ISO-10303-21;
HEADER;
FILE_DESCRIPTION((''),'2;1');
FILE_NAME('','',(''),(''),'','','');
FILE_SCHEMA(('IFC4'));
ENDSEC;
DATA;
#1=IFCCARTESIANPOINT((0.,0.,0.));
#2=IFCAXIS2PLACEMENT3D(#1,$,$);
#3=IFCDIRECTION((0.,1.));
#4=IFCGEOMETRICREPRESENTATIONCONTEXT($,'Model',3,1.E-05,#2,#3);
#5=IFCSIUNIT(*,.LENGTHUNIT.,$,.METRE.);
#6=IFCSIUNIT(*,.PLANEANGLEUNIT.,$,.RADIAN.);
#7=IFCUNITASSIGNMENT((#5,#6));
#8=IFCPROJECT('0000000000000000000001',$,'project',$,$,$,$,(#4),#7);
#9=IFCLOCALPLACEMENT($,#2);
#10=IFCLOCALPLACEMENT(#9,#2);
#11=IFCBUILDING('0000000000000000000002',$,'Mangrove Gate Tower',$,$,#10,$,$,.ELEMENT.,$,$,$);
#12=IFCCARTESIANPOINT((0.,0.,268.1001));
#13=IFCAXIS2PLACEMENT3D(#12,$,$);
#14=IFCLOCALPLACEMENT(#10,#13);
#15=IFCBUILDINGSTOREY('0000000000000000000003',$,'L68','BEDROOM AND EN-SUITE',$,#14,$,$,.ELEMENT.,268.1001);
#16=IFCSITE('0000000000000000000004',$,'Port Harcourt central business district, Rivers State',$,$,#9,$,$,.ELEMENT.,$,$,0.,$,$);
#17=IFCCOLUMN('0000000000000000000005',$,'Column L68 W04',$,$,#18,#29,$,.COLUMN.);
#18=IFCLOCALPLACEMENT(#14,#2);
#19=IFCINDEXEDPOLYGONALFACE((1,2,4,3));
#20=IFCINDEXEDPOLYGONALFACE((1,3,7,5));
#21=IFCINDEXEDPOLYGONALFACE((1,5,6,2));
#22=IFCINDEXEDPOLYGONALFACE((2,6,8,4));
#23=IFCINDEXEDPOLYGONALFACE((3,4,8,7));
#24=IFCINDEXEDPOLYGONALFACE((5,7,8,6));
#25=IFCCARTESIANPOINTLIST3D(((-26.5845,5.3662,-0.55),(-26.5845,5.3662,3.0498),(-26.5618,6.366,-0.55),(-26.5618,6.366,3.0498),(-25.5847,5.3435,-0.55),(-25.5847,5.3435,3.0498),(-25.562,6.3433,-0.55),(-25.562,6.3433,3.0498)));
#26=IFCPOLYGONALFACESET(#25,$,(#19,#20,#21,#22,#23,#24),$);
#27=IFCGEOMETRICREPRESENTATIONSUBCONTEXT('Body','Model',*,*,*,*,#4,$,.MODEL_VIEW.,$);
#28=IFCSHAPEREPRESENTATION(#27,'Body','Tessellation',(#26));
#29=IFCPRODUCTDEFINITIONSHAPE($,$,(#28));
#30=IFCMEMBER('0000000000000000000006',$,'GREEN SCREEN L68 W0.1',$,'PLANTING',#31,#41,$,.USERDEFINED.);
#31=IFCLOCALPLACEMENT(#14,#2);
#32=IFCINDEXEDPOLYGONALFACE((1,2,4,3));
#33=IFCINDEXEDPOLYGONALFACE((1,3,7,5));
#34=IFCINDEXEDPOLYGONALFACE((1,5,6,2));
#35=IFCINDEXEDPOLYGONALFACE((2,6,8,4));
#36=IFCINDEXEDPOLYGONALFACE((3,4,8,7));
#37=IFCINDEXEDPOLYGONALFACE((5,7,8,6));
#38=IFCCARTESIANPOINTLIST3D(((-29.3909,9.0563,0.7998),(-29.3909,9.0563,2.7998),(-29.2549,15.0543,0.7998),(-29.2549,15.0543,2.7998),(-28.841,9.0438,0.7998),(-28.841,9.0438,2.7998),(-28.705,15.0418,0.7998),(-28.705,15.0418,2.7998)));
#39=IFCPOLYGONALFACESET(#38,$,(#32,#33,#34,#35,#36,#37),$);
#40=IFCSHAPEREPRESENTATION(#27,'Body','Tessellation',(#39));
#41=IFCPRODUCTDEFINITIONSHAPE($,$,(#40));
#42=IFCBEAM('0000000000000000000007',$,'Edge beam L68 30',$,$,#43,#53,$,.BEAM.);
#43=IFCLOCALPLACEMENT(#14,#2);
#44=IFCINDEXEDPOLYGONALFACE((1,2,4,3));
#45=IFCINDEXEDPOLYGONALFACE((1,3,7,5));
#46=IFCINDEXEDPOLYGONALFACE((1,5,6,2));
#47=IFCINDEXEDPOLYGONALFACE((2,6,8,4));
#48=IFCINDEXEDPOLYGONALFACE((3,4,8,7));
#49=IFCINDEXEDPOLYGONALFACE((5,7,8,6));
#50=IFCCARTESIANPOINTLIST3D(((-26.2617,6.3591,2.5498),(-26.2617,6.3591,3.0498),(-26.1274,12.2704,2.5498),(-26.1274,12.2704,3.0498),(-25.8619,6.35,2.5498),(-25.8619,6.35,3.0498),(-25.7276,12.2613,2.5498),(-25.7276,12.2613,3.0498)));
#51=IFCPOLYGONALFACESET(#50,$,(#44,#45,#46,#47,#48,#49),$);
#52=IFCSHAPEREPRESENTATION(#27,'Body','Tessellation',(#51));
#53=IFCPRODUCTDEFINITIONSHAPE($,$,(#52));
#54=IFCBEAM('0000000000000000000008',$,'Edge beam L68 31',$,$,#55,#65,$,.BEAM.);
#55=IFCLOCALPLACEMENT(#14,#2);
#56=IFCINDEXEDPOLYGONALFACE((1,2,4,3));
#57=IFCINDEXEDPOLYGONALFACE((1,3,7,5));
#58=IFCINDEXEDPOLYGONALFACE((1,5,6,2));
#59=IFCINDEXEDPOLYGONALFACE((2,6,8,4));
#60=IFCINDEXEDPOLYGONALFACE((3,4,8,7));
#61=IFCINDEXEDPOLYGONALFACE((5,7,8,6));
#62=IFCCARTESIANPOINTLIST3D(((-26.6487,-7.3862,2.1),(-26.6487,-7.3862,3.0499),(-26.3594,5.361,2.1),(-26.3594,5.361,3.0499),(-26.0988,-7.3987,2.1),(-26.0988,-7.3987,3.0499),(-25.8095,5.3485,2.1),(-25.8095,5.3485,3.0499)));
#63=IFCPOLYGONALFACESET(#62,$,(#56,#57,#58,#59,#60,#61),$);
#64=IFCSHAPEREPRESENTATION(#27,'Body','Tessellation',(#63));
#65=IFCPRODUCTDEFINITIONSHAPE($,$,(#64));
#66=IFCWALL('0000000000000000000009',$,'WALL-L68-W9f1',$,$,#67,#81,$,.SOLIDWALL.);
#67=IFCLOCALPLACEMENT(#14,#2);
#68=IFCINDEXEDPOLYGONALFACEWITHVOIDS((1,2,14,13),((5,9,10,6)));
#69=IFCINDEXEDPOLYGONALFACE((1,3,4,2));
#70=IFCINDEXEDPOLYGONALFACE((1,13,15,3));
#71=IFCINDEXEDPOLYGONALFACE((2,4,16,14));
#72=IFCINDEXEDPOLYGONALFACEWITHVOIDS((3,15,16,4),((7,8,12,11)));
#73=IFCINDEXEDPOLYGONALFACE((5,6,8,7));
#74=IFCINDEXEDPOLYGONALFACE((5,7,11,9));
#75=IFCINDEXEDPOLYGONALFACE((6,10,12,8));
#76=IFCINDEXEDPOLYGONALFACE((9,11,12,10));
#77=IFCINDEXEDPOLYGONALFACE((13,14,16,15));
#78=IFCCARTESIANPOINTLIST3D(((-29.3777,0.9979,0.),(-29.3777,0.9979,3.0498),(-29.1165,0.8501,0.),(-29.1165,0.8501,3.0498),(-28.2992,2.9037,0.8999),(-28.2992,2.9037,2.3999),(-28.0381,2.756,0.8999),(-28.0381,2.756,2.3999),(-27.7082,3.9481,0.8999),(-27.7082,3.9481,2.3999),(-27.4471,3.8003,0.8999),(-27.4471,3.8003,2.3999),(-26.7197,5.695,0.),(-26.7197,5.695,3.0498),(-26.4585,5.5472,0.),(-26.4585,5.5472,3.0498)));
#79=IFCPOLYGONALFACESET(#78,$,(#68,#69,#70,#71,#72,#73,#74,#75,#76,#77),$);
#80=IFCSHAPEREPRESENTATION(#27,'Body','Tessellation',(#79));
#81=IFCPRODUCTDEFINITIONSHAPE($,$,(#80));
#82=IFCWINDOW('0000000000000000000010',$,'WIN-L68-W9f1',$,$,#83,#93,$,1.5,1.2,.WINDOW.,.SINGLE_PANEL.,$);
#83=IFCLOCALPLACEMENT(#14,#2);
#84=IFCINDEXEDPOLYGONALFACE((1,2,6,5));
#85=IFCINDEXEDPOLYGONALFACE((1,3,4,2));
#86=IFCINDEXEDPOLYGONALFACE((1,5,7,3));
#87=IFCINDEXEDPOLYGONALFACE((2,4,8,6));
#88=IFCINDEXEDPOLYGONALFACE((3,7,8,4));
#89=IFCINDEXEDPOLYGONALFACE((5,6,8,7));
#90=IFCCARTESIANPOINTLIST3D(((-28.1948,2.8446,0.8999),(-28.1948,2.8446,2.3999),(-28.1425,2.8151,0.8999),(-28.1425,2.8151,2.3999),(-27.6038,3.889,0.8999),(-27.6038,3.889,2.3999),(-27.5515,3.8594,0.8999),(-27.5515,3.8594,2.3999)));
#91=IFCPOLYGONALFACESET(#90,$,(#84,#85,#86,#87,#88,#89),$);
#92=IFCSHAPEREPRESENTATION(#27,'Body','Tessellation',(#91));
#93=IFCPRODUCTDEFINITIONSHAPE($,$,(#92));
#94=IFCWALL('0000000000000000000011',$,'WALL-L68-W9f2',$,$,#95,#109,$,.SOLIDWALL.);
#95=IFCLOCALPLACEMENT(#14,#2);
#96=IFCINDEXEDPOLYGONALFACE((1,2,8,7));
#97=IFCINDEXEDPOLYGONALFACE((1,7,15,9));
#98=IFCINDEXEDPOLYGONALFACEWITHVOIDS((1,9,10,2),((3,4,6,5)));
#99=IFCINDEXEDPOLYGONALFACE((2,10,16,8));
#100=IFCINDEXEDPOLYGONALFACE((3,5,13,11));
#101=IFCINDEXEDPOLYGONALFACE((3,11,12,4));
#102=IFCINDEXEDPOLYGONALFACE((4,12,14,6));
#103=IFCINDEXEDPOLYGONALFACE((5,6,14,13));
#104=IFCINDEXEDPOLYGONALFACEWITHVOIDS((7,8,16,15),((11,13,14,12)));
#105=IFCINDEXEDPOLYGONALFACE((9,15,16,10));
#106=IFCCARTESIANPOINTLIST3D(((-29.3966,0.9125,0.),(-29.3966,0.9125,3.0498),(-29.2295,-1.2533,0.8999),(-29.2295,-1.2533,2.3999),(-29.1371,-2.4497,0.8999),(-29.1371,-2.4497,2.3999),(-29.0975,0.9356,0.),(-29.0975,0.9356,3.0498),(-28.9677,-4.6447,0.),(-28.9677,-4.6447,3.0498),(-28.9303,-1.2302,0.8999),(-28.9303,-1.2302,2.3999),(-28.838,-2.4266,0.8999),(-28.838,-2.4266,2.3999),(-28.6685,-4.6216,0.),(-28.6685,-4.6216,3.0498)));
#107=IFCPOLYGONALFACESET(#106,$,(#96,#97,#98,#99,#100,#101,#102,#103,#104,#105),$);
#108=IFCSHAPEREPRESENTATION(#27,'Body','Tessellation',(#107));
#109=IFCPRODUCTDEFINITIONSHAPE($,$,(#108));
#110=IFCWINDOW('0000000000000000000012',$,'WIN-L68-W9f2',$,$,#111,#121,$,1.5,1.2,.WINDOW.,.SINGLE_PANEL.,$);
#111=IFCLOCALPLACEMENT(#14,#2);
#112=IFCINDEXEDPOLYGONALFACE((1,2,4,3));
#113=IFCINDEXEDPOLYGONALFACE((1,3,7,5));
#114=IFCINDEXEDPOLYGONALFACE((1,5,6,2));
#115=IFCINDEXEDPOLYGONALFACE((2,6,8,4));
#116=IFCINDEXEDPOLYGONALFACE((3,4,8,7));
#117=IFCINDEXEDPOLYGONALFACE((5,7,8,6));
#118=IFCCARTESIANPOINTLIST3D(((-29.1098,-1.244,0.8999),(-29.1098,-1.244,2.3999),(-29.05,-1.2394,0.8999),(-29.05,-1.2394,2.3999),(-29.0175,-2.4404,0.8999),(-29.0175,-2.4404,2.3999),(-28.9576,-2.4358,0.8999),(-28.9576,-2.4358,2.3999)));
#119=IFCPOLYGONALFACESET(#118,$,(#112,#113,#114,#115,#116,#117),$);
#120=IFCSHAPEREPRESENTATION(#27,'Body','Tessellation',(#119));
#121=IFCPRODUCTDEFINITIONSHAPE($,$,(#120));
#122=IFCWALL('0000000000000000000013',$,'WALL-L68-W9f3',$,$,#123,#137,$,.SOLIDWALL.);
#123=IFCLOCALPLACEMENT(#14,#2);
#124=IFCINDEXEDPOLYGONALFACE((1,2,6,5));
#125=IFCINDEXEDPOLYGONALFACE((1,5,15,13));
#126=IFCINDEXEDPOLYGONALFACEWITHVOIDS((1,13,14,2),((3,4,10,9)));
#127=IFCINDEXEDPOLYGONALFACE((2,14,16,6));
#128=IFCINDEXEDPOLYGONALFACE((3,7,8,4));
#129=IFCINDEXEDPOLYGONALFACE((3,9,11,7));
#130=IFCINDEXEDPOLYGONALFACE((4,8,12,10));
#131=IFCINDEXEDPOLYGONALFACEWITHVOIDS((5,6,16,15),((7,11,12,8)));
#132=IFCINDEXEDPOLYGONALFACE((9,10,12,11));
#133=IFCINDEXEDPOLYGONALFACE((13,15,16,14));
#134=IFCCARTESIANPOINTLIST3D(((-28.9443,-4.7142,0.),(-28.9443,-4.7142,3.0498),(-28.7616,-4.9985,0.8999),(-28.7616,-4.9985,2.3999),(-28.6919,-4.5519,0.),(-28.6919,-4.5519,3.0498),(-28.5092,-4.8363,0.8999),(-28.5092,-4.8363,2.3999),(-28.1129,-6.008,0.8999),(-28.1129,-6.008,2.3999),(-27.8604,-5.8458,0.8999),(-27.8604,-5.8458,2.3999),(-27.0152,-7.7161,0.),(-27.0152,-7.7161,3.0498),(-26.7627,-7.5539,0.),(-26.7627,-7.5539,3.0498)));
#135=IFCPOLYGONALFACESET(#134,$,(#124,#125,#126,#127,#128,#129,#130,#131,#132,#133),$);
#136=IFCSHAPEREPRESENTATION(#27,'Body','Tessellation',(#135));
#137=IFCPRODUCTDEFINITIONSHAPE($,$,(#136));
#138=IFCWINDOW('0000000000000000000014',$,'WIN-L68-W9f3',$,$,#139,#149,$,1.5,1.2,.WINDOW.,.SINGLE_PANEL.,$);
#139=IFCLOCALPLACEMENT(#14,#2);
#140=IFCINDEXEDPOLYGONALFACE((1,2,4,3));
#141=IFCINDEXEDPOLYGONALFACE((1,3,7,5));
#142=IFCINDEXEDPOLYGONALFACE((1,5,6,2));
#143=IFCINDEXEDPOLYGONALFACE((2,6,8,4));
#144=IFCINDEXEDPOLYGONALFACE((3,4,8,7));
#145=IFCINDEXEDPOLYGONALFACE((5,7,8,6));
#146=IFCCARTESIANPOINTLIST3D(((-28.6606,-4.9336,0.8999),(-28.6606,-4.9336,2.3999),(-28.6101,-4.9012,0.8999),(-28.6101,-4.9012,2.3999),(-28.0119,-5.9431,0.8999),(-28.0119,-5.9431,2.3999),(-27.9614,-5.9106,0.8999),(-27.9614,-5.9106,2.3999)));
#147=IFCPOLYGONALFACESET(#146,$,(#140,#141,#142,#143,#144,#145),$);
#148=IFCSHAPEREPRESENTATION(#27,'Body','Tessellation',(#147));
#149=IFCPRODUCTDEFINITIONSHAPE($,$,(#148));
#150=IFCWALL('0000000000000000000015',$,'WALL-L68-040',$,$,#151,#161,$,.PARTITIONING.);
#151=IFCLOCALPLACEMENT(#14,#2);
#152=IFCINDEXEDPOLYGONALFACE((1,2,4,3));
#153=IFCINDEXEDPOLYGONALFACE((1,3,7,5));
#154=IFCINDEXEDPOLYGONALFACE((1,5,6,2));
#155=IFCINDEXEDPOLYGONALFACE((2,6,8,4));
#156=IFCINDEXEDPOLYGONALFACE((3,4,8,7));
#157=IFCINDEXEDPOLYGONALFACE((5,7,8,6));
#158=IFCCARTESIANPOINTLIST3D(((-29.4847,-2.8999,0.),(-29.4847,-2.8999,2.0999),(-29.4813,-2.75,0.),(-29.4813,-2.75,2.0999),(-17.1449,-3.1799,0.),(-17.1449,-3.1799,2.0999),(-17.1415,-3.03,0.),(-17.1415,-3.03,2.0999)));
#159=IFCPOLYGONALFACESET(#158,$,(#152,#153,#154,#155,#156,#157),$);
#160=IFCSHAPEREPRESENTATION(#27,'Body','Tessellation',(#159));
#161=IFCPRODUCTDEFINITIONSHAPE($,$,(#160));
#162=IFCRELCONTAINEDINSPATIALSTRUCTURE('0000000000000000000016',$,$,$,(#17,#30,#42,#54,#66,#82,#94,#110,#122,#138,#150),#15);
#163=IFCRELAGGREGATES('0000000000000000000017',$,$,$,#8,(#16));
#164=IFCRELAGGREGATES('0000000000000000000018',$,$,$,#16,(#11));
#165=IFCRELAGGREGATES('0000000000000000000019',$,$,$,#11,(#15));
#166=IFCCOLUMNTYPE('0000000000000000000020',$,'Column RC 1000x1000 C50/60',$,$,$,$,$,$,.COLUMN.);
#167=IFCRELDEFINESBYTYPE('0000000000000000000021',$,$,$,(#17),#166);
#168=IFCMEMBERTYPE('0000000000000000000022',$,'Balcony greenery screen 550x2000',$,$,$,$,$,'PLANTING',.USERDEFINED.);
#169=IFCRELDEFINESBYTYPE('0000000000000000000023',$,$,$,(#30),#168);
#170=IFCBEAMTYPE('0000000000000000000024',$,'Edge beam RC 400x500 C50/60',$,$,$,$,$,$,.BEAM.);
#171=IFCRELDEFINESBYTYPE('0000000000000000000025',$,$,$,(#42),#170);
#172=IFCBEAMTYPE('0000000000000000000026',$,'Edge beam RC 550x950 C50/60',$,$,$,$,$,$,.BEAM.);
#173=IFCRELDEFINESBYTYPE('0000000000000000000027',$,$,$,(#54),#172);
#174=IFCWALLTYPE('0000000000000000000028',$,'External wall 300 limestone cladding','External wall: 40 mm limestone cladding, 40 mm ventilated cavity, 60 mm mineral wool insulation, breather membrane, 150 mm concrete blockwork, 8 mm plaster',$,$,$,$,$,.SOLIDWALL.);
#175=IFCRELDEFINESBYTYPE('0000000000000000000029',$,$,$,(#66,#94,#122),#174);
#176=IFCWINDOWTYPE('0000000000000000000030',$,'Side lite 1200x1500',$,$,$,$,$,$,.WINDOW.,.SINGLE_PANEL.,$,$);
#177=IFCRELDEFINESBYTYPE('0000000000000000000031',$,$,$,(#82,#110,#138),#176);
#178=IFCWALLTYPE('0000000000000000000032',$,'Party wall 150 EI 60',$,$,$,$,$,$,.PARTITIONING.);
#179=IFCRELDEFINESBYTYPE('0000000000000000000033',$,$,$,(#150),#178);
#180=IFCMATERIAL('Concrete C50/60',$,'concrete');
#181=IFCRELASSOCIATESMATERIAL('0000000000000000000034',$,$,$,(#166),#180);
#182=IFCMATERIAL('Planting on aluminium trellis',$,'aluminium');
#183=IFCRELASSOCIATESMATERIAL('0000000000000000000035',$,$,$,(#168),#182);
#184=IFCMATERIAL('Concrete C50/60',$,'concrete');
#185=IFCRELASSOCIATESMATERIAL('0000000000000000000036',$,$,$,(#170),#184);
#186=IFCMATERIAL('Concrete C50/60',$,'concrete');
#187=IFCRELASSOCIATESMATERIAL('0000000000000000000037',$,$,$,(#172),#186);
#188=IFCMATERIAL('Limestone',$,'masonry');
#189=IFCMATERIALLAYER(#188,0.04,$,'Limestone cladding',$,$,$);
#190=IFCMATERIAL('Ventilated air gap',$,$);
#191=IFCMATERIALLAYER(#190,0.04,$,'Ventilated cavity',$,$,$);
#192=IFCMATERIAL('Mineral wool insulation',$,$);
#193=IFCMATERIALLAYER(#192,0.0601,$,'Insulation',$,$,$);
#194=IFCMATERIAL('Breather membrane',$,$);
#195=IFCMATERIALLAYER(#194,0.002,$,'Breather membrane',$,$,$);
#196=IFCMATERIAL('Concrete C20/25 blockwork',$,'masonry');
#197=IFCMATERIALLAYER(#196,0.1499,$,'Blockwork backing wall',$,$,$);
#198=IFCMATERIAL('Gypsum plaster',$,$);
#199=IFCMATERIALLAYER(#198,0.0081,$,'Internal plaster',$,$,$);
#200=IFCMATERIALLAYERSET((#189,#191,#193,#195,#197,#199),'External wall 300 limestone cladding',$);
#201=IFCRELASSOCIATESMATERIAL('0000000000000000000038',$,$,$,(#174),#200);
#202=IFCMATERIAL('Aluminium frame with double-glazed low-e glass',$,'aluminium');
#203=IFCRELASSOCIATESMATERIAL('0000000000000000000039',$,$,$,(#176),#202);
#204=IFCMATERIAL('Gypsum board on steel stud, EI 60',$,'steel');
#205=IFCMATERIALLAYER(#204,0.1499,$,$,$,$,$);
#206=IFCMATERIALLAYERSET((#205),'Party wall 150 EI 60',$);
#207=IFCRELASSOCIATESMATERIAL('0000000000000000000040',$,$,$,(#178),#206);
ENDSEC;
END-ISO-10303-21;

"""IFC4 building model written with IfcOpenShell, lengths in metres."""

from ifc_helpers import new_model, si_unit, direction, frame, frame_2d, origin, origin_2d, place, context, subcontext, project, spatial, rectangle, extrude, material, layer, layer_set, material_profile, profile_set, type_object, element, fill, save


model = new_model("IFC4")

# Units and contexts
model_context = context("Model", 3, precision=1e-05, world=origin(), true_north=direction((0.0, 1.0)))
body_context = subcontext(model_context, "Body", "Model", "MODEL_VIEW")
ifc_project = project(units=[si_unit("LENGTHUNIT", "METRE"), si_unit("PLANEANGLEUNIT", "RADIAN")], contexts=[model_context])

# Site, building, storey
site_placement = place(None, origin())
site = spatial("IfcSite", under=ifc_project, at=site_placement, Name="Port Harcourt central business district, Rivers State", CompositionType="ELEMENT", RefElevation=0.0)
building_placement = place(site_placement, origin())
building = spatial("IfcBuilding", under=site, at=building_placement, Name="Mangrove Gate Tower", CompositionType="ELEMENT")
storey_placement = place(building_placement, frame((0.0, 0.0, 268.1001)))
storey = spatial("IfcBuildingStorey", under=building, at=storey_placement, Name="L68", Description="BEDROOM AND EN-SUITE", CompositionType="ELEMENT", Elevation=268.1001)

# Column
ifc_material_1 = material(Name="Concrete C50/60", Category="concrete")
ifc_material_profile_1 = material_profile(ifc_material_1, rectangle(XDim=1.0, YDim=1.0, at=origin_2d()))
ifc_profile_set_1 = profile_set([ifc_material_profile_1], Name="Concrete C50/60")
column_type = type_object("IfcColumnType", Name="Column RC 1000x1000 C50/60", PredefinedType="COLUMN", material=ifc_profile_set_1)
column_placement = place(storey_placement, frame((-26.0732, 5.8547, -0.55), z_axis=(0.0, 0.0, 1.0), x_axis=(-0.022697, -0.999742, 0.0)))
element("IfcColumn", 1, at=column_placement, inside=storey, type_object=column_type, Name="Column L68 W04", PredefinedType="COLUMN", context=body_context, shape_type="SweptSolid", body=[
    extrude(rectangle(XDim=1.0, YDim=1.0, at=origin_2d()), origin(), (0.0, 0.0, 1.0), 3.5999),
])

# Member
ifc_material_2 = material(Name="Planting on aluminium trellis", Category="aluminium")
ifc_material_profile_2 = material_profile(ifc_material_2, rectangle(XDim=0.55, YDim=2.0, at=origin_2d()))
ifc_profile_set_2 = profile_set([ifc_material_profile_2], Name="Planting on aluminium trellis")
member_type = type_object("IfcMemberType", Name="Balcony greenery screen 550x2000", ElementType="PLANTING", PredefinedType="USERDEFINED", material=ifc_profile_set_2)
member_placement = place(storey_placement, frame((-29.116, 9.05, 1.7998), z_axis=(0.022666, 0.999743, 0.0), x_axis=(-0.999743, 0.022666, 0.0)))
element("IfcMember", 2, at=member_placement, inside=storey, type_object=member_type, Name="GREEN SCREEN L68 W0.1", ObjectType="PLANTING", PredefinedType="USERDEFINED", context=body_context, shape_type="SweptSolid", body=[
    extrude(rectangle(XDim=0.55, YDim=2.0, at=origin_2d()), origin(), (0.0, 0.0, 1.0), 5.9995),
])

# Beams
ifc_material_3 = material(Name="Concrete C50/60", Category="concrete")
ifc_material_profile_3 = material_profile(ifc_material_3, rectangle(XDim=0.3999, YDim=0.5, at=origin_2d()))
ifc_profile_set_3 = profile_set([ifc_material_profile_3], Name="Concrete C50/60")
beam_type_1 = type_object("IfcBeamType", Name="Edge beam RC 400x500 C50/60", PredefinedType="BEAM", material=ifc_profile_set_3)
beam_1_placement = place(storey_placement, frame((-25.9275, 12.2659, 2.7998), z_axis=(-0.022709, -0.999742, 0.0), x_axis=(0.999742, -0.022709, 0.0)))
element("IfcBeam", 3, at=beam_1_placement, inside=storey, type_object=beam_type_1, Name="Edge beam L68 30", PredefinedType="BEAM", context=body_context, shape_type="SweptSolid", body=[
    extrude(rectangle(XDim=0.3999, YDim=0.5, at=origin_2d()), origin(), (0.0, 0.0, 1.0), 5.9128),
])
ifc_material_4 = material(Name="Concrete C50/60", Category="concrete")
ifc_material_profile_4 = material_profile(ifc_material_4, rectangle(XDim=0.55, YDim=0.95, at=origin_2d()))
ifc_profile_set_4 = profile_set([ifc_material_profile_4], Name="Concrete C50/60")
beam_type_2 = type_object("IfcBeamType", Name="Edge beam RC 550x950 C50/60", PredefinedType="BEAM", material=ifc_profile_set_4)
beam_2_placement = place(storey_placement, frame((-26.0845, 5.3547, 2.575), z_axis=(-0.02269, -0.999743, 0.0), x_axis=(0.999743, -0.02269, 0.0)))
element("IfcBeam", 4, at=beam_2_placement, inside=storey, type_object=beam_type_2, Name="Edge beam L68 31", PredefinedType="BEAM", context=body_context, shape_type="SweptSolid", body=[
    extrude(rectangle(XDim=0.55, YDim=0.95, at=origin_2d()), origin(), (0.0, 0.0, 1.0), 12.7505),
])

# Walls, openings, windows
ifc_material_5 = material(Name="Limestone", Category="masonry")
ifc_layer_1 = layer(ifc_material_5, 0.04, Name="Limestone cladding")
ifc_material_6 = material(Name="Ventilated air gap")
ifc_layer_2 = layer(ifc_material_6, 0.04, Name="Ventilated cavity")
ifc_material_7 = material(Name="Mineral wool insulation")
ifc_layer_3 = layer(ifc_material_7, 0.0601, Name="Insulation")
ifc_material_8 = material(Name="Breather membrane")
ifc_layer_4 = layer(ifc_material_8, 0.002, Name="Breather membrane")
ifc_material_9 = material(Name="Concrete C20/25 blockwork", Category="masonry")
ifc_layer_5 = layer(ifc_material_9, 0.1499, Name="Blockwork backing wall")
ifc_material_10 = material(Name="Gypsum plaster")
ifc_layer_6 = layer(ifc_material_10, 0.0081, Name="Internal plaster")
ifc_layer_set_1 = layer_set([ifc_layer_1, ifc_layer_2, ifc_layer_3, ifc_layer_4, ifc_layer_5, ifc_layer_6], Name="External wall 300 limestone cladding")
wall_type_1 = type_object("IfcWallType", Name="External wall 300 limestone cladding", Description="External wall: 40 mm limestone cladding, 40 mm ventilated cavity, 60 mm mineral wool insulation, breather membrane, 150 mm concrete blockwork, 8 mm plaster", PredefinedType="SOLIDWALL", material=ifc_layer_set_1)
wall_1_placement = place(storey_placement, frame((-26.5891, 5.6211, 0.0), z_axis=(0.0, 0.0, 1.0), x_axis=(-0.492495, -0.870315, 0.0)))
wall_1 = element("IfcWall", 5, at=wall_1_placement, inside=storey, type_object=wall_type_1, Name="WALL-L68-W9f1", PredefinedType="SOLIDWALL", context=body_context, shape_type="SweptSolid", body=[
    extrude(rectangle(XDim=5.397, YDim=0.3, at=frame_2d((2.6985, 0.0))), origin(), (0.0, 0.0, 1.0), 3.0498),
])
opening_1_placement = place(wall_1_placement, frame((2.0071, 0.0, 0.8999)))
opening_1 = element("IfcOpeningElement", 6, at=opening_1_placement, cuts=wall_1, PredefinedType="OPENING", context=body_context, shape_type="SweptSolid", body=[
    extrude(rectangle(XDim=1.2, YDim=1.5, at=frame_2d((0.6001, 0.75))), frame((0.0, 0.1599, 0.0), z_axis=(0.0, -1.0, 0.0), x_axis=(1.0, 0.0, 0.0)), (0.0, 0.0, 1.0), 0.3201),
])
ifc_material_11 = material(Name="Aluminium frame with double-glazed low-e glass", Category="aluminium")
window_type = type_object("IfcWindowType", Name="Side lite 1200x1500", PartitioningType="SINGLE_PANEL", PredefinedType="WINDOW", material=ifc_material_11)
window_1_placement = place(opening_1_placement, origin())
window_1 = element("IfcWindow", 7, at=window_1_placement, inside=storey, type_object=window_type, Name="WIN-L68-W9f1", OverallHeight=1.5, OverallWidth=1.2, PartitioningType="SINGLE_PANEL", PredefinedType="WINDOW", context=body_context, shape_type="SweptSolid", body=[
    extrude(rectangle(XDim=1.2, YDim=1.5, at=frame_2d((0.6001, 0.75))), frame((0.0, 0.03, 0.0), z_axis=(0.0, -1.0, 0.0), x_axis=(1.0, 0.0, 0.0)), (0.0, 0.0, 1.0), 0.0601),
])
fill(opening_1, window_1)
wall_2_placement = place(storey_placement, frame((-29.2471, 0.9241, 0.0), z_axis=(0.0, 0.0, 1.0), x_axis=(0.076961, -0.997034, 0.0)))
wall_2 = element("IfcWall", 8, at=wall_2_placement, inside=storey, type_object=wall_type_1, Name="WALL-L68-W9f2", PredefinedType="SOLIDWALL", context=body_context, shape_type="SweptSolid", body=[
    extrude(rectangle(XDim=5.5737, YDim=0.3, at=frame_2d((2.7869, 0.0))), origin(), (0.0, 0.0, 1.0), 3.0498),
])
opening_2_placement = place(wall_2_placement, frame((2.1721, 0.0, 0.8999)))
opening_2 = element("IfcOpeningElement", 9, at=opening_2_placement, cuts=wall_2, PredefinedType="OPENING", context=body_context, shape_type="SweptSolid", body=[
    extrude(rectangle(XDim=1.2, YDim=1.5, at=frame_2d((0.6001, 0.75))), frame((0.0, 0.1599, 0.0), z_axis=(0.0, -1.0, 0.0), x_axis=(1.0, 0.0, 0.0)), (0.0, 0.0, 1.0), 0.3201),
])
window_2_placement = place(opening_2_placement, origin())
window_2 = element("IfcWindow", 10, at=window_2_placement, inside=storey, type_object=window_type, Name="WIN-L68-W9f2", OverallHeight=1.5, OverallWidth=1.2, PartitioningType="SINGLE_PANEL", PredefinedType="WINDOW", context=body_context, shape_type="SweptSolid", body=[
    extrude(rectangle(XDim=1.2, YDim=1.5, at=frame_2d((0.6001, 0.75))), frame((0.0, 0.03, 0.0), z_axis=(0.0, -1.0, 0.0), x_axis=(1.0, 0.0, 0.0)), (0.0, 0.0, 1.0), 0.0601),
])
fill(opening_2, window_2)
wall_3_placement = place(storey_placement, frame((-28.8181, -4.6331, 0.0), z_axis=(0.0, 0.0, 1.0), x_axis=(0.540633, -0.841258, 0.0)))
wall_3 = element("IfcWall", 11, at=wall_3_placement, inside=storey, type_object=wall_type_1, Name="WALL-L68-W9f3", PredefinedType="SOLIDWALL", context=body_context, shape_type="SweptSolid", body=[
    extrude(rectangle(XDim=3.5684, YDim=0.3, at=frame_2d((1.7842, 0.0))), origin(), (0.0, 0.0, 1.0), 3.0498),
])
opening_3_placement = place(wall_3_placement, frame((0.3379, 0.0, 0.8999)))
opening_3 = element("IfcOpeningElement", 12, at=opening_3_placement, cuts=wall_3, PredefinedType="OPENING", context=body_context, shape_type="SweptSolid", body=[
    extrude(rectangle(XDim=1.2, YDim=1.5, at=frame_2d((0.6001, 0.75))), frame((0.0, 0.1599, 0.0), z_axis=(0.0, -1.0, 0.0), x_axis=(1.0, 0.0, 0.0)), (0.0, 0.0, 1.0), 0.3201),
])
window_3_placement = place(opening_3_placement, origin())
window_3 = element("IfcWindow", 13, at=window_3_placement, inside=storey, type_object=window_type, Name="WIN-L68-W9f3", OverallHeight=1.5, OverallWidth=1.2, PartitioningType="SINGLE_PANEL", PredefinedType="WINDOW", context=body_context, shape_type="SweptSolid", body=[
    extrude(rectangle(XDim=1.2, YDim=1.5, at=frame_2d((0.6001, 0.75))), frame((0.0, 0.03, 0.0), z_axis=(0.0, -1.0, 0.0), x_axis=(1.0, 0.0, 0.0)), (0.0, 0.0, 1.0), 0.0601),
])
fill(opening_3, window_3)

# Wall
ifc_material_12 = material(Name="Gypsum board on steel stud, EI 60", Category="steel")
ifc_layer_7 = layer(ifc_material_12, 0.1499)
ifc_layer_set_2 = layer_set([ifc_layer_7], Name="Party wall 150 EI 60")
wall_type_2 = type_object("IfcWallType", Name="Party wall 150 EI 60", PredefinedType="PARTITIONING", material=ifc_layer_set_2)
wall_4_placement = place(storey_placement, frame((-29.4829, -2.825, 0.0), z_axis=(0.0, 0.0, 1.0), x_axis=(0.999743, -0.022687, 0.0)))
element("IfcWall", 14, at=wall_4_placement, inside=storey, type_object=wall_type_2, Name="WALL-L68-040", PredefinedType="PARTITIONING", context=body_context, shape_type="SweptSolid", body=[
    extrude(rectangle(XDim=12.343, YDim=0.1499, at=frame_2d((6.1714, 0.0))), origin(), (0.0, 0.0, 1.0), 2.0999),
])

save(model, "model.ifc")
